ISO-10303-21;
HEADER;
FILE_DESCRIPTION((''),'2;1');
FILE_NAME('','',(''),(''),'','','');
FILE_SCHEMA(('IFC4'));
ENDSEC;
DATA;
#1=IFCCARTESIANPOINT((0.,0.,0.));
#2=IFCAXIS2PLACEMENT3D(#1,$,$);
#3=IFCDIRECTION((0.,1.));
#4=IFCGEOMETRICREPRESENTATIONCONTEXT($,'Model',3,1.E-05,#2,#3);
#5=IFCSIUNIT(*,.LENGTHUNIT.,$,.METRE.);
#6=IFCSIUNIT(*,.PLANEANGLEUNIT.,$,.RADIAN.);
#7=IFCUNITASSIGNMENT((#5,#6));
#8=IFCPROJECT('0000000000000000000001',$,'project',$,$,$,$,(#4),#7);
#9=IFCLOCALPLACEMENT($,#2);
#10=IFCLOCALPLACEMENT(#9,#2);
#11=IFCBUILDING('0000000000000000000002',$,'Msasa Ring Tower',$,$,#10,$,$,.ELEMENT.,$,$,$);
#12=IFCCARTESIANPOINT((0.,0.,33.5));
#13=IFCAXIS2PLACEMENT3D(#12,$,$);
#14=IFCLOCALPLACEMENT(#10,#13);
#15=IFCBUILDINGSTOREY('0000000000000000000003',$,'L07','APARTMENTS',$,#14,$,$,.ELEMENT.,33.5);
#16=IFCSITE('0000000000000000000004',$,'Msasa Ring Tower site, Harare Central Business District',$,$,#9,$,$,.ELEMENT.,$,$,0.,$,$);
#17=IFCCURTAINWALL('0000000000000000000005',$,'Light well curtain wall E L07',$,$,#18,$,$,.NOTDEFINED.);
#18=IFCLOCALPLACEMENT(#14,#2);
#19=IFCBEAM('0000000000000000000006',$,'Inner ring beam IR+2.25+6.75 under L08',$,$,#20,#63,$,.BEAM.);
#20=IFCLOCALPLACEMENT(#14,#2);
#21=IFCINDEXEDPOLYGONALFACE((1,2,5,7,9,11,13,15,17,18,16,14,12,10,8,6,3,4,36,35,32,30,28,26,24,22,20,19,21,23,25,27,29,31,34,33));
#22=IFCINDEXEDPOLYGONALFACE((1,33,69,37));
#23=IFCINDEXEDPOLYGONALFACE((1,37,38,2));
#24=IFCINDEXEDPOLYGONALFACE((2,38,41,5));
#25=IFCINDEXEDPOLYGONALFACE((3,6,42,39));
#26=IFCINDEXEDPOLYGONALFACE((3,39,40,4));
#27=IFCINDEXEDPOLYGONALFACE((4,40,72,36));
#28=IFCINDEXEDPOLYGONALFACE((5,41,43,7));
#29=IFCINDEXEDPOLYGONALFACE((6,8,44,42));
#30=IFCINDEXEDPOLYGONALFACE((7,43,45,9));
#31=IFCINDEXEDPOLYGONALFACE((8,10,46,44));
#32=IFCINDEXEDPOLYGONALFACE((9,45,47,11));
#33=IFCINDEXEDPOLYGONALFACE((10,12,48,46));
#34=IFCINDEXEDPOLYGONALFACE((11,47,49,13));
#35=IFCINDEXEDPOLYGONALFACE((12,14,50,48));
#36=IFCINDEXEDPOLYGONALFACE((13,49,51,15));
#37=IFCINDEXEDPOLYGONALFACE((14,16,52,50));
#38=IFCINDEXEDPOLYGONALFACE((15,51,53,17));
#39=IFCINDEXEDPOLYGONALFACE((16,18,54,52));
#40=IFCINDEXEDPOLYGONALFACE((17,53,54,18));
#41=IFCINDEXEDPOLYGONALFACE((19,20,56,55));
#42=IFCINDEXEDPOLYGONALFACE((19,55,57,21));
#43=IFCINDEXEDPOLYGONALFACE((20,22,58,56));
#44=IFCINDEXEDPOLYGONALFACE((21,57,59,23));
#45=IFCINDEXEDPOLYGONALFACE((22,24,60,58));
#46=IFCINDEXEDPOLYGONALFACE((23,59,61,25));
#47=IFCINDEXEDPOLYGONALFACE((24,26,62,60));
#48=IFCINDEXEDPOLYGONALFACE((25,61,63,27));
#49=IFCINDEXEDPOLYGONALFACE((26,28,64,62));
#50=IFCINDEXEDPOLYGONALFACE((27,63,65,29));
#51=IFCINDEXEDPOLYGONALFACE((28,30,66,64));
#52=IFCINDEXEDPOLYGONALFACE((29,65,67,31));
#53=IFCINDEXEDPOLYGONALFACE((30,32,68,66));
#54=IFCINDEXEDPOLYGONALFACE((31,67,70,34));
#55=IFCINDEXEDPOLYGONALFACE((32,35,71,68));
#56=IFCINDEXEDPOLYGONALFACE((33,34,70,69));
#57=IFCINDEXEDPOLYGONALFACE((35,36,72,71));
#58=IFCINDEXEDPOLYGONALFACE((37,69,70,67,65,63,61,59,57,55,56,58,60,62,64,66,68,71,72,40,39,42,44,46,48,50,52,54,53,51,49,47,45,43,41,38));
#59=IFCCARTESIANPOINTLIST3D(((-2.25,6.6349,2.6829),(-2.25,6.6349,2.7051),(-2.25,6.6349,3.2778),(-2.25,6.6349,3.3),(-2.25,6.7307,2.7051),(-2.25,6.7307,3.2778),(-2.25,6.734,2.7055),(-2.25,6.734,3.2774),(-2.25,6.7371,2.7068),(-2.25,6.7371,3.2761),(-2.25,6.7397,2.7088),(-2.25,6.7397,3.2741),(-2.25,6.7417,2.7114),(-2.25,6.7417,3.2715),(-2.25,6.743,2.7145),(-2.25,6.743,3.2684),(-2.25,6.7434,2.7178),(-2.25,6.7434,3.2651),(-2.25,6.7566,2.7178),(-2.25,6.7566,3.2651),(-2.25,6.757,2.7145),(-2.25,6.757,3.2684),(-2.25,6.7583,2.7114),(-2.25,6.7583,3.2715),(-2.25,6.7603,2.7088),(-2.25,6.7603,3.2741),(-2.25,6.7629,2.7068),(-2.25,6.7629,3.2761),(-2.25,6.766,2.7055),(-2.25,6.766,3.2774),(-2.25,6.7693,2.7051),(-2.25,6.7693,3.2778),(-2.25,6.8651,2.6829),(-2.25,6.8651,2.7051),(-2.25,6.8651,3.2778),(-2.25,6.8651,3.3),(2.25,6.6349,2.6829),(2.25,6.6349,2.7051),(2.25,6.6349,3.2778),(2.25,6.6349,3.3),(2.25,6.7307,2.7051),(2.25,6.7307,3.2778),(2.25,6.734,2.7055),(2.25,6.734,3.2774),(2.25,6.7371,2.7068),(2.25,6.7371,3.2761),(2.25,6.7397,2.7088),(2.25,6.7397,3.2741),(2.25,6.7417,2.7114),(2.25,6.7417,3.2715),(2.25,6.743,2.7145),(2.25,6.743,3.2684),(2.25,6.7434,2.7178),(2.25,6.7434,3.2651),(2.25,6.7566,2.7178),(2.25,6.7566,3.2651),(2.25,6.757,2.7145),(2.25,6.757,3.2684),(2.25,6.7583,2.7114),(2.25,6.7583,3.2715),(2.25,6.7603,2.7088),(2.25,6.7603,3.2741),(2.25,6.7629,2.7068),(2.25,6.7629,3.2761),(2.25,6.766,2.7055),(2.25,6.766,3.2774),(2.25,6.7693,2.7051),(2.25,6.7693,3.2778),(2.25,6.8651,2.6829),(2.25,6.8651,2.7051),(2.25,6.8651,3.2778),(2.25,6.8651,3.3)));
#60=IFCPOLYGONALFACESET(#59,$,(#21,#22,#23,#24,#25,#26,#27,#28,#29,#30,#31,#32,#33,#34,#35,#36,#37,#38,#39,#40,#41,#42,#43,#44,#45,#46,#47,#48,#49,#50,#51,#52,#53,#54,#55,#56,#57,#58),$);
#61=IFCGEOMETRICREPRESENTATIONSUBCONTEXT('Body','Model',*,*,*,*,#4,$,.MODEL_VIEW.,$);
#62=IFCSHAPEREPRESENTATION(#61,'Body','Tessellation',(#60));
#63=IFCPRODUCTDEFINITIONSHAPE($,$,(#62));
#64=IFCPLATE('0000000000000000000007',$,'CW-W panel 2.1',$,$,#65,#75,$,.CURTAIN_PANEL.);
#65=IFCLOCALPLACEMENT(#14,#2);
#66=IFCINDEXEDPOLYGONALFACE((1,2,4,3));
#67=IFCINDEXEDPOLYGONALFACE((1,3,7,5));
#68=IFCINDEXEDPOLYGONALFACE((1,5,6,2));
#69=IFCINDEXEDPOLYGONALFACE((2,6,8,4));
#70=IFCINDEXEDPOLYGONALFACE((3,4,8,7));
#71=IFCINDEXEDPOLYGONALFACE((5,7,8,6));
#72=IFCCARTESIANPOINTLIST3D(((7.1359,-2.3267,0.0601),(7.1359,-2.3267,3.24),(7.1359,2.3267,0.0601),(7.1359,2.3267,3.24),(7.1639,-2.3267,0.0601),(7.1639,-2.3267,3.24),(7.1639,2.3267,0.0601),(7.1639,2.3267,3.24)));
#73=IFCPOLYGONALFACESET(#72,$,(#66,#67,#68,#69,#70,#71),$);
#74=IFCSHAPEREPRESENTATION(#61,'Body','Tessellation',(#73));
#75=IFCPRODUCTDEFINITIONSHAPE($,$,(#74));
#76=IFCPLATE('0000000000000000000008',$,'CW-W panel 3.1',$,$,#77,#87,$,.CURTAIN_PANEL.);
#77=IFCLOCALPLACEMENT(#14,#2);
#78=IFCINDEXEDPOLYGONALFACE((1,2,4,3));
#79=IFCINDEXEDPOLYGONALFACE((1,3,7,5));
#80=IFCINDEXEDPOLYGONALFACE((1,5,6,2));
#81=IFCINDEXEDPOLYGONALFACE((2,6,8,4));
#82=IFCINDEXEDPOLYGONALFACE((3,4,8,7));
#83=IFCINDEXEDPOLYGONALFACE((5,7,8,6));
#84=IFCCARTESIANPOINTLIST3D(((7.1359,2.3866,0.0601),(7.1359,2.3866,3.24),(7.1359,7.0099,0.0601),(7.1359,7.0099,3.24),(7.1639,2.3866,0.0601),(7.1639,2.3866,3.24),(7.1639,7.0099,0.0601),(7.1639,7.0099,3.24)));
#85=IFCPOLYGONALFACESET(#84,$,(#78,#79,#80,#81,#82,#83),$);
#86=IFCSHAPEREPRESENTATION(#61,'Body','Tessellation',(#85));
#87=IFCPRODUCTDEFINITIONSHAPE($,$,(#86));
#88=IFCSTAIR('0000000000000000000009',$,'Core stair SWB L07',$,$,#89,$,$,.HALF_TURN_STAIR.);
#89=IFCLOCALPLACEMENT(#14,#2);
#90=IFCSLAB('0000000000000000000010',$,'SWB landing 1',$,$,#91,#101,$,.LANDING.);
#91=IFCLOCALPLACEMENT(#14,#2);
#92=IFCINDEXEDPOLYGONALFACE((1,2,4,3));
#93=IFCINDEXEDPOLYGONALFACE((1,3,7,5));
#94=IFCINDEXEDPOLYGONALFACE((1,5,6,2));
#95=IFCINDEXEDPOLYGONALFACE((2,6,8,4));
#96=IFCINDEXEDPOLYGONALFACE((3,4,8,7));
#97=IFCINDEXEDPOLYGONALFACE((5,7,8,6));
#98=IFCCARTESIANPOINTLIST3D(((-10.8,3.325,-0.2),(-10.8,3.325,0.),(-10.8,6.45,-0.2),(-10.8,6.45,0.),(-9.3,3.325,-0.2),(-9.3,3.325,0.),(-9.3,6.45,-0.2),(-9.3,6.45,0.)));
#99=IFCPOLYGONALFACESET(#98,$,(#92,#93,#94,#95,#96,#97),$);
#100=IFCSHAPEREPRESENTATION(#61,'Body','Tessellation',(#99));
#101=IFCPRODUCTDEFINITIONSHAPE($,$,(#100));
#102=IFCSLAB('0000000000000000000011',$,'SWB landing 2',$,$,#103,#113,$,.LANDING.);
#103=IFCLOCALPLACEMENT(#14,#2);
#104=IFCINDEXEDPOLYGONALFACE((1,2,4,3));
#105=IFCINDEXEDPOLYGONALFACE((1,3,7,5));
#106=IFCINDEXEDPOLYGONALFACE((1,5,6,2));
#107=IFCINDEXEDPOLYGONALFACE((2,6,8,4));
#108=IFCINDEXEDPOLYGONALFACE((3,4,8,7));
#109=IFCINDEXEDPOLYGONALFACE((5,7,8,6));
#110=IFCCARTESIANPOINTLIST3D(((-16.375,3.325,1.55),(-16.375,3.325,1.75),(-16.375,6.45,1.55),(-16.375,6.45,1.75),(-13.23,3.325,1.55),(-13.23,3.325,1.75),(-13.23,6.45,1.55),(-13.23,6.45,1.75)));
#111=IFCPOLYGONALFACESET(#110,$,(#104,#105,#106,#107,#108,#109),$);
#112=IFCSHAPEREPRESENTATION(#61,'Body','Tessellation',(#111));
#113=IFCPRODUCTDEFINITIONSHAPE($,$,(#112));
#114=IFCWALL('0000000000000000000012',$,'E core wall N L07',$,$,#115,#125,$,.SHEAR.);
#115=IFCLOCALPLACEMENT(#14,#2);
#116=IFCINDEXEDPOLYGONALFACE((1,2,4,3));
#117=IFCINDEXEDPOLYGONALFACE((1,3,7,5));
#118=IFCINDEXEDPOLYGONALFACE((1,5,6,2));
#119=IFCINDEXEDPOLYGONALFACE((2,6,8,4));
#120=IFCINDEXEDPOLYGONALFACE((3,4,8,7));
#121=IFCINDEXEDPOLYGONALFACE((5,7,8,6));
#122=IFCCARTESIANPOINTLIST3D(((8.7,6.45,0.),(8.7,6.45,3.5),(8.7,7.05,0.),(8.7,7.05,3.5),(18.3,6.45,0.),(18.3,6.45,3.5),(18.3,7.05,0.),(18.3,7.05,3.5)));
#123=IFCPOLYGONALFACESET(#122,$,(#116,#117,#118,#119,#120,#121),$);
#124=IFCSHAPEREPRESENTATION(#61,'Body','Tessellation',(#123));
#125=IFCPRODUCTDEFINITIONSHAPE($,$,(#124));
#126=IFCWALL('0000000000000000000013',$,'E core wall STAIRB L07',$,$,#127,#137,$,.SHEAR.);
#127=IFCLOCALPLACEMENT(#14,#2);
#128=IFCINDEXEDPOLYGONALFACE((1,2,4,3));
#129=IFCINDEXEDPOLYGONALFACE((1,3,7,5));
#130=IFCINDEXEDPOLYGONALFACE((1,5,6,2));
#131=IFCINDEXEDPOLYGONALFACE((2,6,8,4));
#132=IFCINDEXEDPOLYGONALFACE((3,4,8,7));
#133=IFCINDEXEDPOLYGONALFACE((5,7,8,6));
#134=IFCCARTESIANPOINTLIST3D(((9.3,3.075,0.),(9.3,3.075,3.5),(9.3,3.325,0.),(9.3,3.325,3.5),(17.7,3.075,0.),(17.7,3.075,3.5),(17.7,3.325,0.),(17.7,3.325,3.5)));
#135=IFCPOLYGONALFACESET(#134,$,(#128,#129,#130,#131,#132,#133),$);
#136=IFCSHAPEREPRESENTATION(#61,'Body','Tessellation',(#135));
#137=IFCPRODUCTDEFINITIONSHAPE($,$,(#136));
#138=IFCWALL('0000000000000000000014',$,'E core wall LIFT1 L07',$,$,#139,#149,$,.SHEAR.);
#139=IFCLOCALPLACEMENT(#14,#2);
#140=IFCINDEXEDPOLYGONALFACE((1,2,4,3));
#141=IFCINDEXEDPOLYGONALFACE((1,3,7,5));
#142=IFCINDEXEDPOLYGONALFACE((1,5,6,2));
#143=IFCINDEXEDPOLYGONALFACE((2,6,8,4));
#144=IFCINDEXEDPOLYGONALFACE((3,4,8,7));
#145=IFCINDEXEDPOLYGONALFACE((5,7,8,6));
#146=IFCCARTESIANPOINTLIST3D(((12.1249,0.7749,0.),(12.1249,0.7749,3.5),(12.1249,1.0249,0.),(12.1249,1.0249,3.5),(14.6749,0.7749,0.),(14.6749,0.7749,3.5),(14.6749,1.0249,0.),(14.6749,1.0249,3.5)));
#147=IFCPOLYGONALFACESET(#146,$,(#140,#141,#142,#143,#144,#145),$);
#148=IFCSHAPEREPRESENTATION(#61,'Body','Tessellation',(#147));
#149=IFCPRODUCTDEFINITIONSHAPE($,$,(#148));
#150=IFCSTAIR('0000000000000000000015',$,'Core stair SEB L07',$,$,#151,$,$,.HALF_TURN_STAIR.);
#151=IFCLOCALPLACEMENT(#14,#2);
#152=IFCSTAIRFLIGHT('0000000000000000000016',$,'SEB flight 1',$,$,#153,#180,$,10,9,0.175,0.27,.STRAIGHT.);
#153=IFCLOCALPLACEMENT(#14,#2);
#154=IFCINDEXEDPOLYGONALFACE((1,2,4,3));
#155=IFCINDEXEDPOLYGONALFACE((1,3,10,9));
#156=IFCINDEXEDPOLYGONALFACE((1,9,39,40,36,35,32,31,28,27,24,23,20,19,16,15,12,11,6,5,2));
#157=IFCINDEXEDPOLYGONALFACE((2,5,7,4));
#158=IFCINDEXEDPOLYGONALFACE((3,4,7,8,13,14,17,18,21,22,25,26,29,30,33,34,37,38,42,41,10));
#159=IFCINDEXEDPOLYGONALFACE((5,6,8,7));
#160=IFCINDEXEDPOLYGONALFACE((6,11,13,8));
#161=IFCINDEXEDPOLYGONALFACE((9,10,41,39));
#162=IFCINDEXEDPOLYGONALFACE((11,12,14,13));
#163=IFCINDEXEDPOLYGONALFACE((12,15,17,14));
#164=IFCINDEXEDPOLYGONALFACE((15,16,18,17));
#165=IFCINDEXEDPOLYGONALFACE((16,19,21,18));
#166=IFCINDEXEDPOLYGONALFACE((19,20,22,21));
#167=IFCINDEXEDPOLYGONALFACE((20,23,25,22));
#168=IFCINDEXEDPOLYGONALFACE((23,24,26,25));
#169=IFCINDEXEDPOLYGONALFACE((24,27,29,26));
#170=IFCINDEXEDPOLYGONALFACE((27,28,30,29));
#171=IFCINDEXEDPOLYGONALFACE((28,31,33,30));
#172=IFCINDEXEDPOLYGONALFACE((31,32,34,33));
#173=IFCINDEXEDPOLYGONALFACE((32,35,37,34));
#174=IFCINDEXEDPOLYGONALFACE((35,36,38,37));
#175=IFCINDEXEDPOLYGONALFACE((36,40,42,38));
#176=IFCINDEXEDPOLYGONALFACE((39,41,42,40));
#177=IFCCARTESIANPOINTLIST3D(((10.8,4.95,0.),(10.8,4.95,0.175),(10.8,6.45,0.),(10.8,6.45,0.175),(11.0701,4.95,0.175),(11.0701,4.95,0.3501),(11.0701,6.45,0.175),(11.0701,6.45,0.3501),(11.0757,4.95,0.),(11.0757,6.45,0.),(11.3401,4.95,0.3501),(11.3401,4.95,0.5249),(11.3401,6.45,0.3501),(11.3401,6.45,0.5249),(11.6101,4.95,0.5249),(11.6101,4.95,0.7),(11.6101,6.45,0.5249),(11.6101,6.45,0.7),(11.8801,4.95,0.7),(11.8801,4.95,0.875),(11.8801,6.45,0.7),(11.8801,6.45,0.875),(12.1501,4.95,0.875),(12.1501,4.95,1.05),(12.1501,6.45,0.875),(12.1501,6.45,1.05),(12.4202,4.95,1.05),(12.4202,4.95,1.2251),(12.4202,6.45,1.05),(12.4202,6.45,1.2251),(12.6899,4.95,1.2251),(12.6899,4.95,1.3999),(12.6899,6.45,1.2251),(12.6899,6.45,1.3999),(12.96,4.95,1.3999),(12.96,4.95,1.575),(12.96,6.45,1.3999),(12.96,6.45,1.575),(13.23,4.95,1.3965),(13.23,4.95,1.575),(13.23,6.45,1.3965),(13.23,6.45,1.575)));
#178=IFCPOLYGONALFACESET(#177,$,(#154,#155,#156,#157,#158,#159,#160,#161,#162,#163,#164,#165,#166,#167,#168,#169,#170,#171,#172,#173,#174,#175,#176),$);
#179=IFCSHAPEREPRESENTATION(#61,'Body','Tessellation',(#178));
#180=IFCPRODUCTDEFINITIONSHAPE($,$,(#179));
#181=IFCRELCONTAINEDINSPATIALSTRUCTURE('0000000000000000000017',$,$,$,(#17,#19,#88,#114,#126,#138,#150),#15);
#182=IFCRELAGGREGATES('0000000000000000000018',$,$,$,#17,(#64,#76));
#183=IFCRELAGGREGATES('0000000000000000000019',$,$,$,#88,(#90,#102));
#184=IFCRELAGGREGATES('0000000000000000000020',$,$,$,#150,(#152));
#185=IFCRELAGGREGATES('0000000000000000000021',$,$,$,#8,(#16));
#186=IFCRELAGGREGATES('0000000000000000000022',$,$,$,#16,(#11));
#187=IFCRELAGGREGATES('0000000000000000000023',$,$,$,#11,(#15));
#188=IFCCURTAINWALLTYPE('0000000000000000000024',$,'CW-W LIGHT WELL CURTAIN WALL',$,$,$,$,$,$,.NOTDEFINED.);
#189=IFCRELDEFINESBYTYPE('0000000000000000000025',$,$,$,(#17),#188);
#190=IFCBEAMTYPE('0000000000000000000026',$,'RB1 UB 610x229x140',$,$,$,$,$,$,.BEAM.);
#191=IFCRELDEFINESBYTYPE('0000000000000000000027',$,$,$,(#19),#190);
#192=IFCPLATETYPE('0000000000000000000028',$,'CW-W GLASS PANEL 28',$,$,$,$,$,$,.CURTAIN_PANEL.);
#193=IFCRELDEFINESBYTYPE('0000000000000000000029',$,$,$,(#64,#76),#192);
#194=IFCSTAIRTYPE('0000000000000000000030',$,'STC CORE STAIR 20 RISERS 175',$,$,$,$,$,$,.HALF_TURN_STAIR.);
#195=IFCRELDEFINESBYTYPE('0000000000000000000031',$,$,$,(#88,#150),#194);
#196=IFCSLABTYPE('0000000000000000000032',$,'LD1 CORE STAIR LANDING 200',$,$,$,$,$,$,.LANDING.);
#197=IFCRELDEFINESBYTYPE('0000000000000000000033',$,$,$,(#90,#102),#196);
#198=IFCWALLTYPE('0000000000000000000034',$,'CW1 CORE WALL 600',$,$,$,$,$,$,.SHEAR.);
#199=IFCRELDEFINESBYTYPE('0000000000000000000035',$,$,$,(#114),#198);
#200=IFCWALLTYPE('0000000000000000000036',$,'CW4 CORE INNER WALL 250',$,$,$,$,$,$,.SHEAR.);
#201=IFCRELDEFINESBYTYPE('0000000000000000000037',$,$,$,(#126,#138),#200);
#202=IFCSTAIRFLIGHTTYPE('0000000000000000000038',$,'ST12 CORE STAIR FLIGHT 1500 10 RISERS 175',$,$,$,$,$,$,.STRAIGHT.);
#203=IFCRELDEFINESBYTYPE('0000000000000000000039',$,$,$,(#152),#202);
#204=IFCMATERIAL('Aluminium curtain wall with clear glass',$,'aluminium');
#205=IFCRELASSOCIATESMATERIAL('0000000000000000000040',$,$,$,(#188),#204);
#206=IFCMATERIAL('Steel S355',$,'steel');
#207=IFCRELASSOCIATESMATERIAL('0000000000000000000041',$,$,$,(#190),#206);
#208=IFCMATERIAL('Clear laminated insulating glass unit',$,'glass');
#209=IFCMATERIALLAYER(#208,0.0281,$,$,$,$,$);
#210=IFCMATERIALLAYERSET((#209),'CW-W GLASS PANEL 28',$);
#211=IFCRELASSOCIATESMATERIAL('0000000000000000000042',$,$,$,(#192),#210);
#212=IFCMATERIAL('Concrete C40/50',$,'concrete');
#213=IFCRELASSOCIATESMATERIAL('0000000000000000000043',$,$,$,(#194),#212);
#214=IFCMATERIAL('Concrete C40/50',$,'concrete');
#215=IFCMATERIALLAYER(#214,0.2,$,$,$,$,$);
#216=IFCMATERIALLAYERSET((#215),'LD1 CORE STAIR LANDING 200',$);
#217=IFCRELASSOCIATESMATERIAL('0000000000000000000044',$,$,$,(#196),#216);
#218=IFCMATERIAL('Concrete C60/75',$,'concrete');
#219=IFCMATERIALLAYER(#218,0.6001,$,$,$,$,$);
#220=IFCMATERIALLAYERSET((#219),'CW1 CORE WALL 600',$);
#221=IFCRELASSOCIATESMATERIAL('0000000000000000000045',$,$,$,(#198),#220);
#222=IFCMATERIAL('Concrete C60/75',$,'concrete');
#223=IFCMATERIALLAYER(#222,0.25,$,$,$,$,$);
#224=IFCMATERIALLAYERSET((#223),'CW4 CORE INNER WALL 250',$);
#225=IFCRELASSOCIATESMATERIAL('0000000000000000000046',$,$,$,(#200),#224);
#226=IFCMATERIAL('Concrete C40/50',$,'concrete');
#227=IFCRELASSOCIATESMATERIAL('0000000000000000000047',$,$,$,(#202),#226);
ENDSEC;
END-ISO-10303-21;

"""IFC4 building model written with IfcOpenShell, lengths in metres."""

from ifc_helpers import new_model, si_unit, direction, frame, frame_2d, origin, origin_2d, place, context, subcontext, project, spatial, polyline, rectangle, i_section, outline, extrude, material, layer, layer_set, material_profile, profile_set, type_object, element, aggregate, save


model = new_model("IFC4")

# Units and contexts
model_context = context("Model", 3, precision=1e-05, world=origin(), true_north=direction((0.0, 1.0)))
body_context = subcontext(model_context, "Body", "Model", "MODEL_VIEW")
ifc_project = project(units=[si_unit("LENGTHUNIT", "METRE"), si_unit("PLANEANGLEUNIT", "RADIAN")], contexts=[model_context])

# Site, building, storey
site_placement = place(None, origin())
site = spatial("IfcSite", under=ifc_project, at=site_placement, Name="Msasa Ring Tower site, Harare Central Business District", CompositionType="ELEMENT", RefElevation=0.0)
building_placement = place(site_placement, origin())
building = spatial("IfcBuilding", under=site, at=building_placement, Name="Msasa Ring Tower", CompositionType="ELEMENT")
storey_placement = place(building_placement, frame((0.0, 0.0, 33.5)))
storey = spatial("IfcBuildingStorey", under=building, at=storey_placement, Name="L07", Description="APARTMENTS", CompositionType="ELEMENT", Elevation=33.5)

# Curtain wall
ifc_material_1 = material(Name="Aluminium curtain wall with clear glass", Category="aluminium")
curtain_wall_type = type_object("IfcCurtainWallType", Name="CW-W LIGHT WELL CURTAIN WALL", PredefinedType="NOTDEFINED", material=ifc_material_1)
curtain_wall_placement = place(storey_placement, origin())
curtain_wall = element("IfcCurtainWall", 1, at=curtain_wall_placement, inside=storey, type_object=curtain_wall_type, Name="Light well curtain wall E L07", PredefinedType="NOTDEFINED")

# Beam
ifc_material_2 = material(Name="Steel S355", Category="steel")
ifc_material_profile_1 = material_profile(ifc_material_2, i_section(OverallWidth=0.2302, OverallDepth=0.6172, WebThickness=0.0132, FlangeThickness=0.0222, FilletRadius=0.0127, at=origin_2d()), Name="UB 610x229x140")
ifc_profile_set_1 = profile_set([ifc_material_profile_1], Name="Steel S355")
beam_type = type_object("IfcBeamType", Name="RB1 UB 610x229x140", PredefinedType="BEAM", material=ifc_profile_set_1)
for number, where, z_axis, x_axis, name in (
    (2, (2.25, 6.75, 2.9915), (-1.0, 0.0, 0.0), (0.0, -1.0, 0.0), "Inner ring beam IR+2.25+6.75 under L08"),
):
    element("IfcBeam", number, at=place(storey_placement, frame(where, z_axis=z_axis, x_axis=x_axis)), inside=storey, type_object=beam_type, Name=name, PredefinedType="BEAM", context=body_context, shape_type="SweptSolid", body=[
        extrude(i_section(OverallWidth=0.2302, OverallDepth=0.6172, WebThickness=0.0132, FlangeThickness=0.0222, FilletRadius=0.0127, at=origin_2d()), origin(), (0.0, 0.0, 1.0), 4.5),
    ])

# Plates
ifc_material_3 = material(Name="Clear laminated insulating glass unit", Category="glass")
ifc_layer_1 = layer(ifc_material_3, 0.0281)
ifc_layer_set_1 = layer_set([ifc_layer_1], Name="CW-W GLASS PANEL 28")
plate_type = type_object("IfcPlateType", Name="CW-W GLASS PANEL 28", PredefinedType="CURTAIN_PANEL", material=ifc_layer_set_1)
plate_1_placement = place(storey_placement, frame((7.1499, 0.0, 0.0601), z_axis=(0.0, 0.0, 1.0), x_axis=(0.0, 1.0, 0.0)))
plate_1 = element("IfcPlate", 3, at=plate_1_placement, type_object=plate_type, Name="CW-W panel 2.1", PredefinedType="CURTAIN_PANEL", context=body_context, shape_type="SweptSolid", body=[
    extrude(rectangle(XDim=4.6533, YDim=0.0281, at=origin_2d()), origin(), (0.0, 0.0, 1.0), 3.1799),
])
plate_2_placement = place(storey_placement, frame((7.1499, 4.6982, 0.0601), z_axis=(0.0, 0.0, 1.0), x_axis=(0.0, 1.0, 0.0)))
plate_2 = element("IfcPlate", 4, at=plate_2_placement, type_object=plate_type, Name="CW-W panel 3.1", PredefinedType="CURTAIN_PANEL", context=body_context, shape_type="SweptSolid", body=[
    extrude(rectangle(XDim=4.6233, YDim=0.0281, at=origin_2d()), origin(), (0.0, 0.0, 1.0), 3.1799),
])
aggregate(curtain_wall, [plate_1, plate_2])

# Stair, slabs
ifc_material_4 = material(Name="Concrete C40/50", Category="concrete")
stair_type = type_object("IfcStairType", Name="STC CORE STAIR 20 RISERS 175", PredefinedType="HALF_TURN_STAIR", material=ifc_material_4)
stair_1_placement = place(storey_placement, origin())
stair_1 = element("IfcStair", 5, at=stair_1_placement, inside=storey, type_object=stair_type, Name="Core stair SWB L07", PredefinedType="HALF_TURN_STAIR")
ifc_material_5 = material(Name="Concrete C40/50", Category="concrete")
ifc_layer_2 = layer(ifc_material_5, 0.2)
ifc_layer_set_2 = layer_set([ifc_layer_2], Name="LD1 CORE STAIR LANDING 200")
slab_type = type_object("IfcSlabType", Name="LD1 CORE STAIR LANDING 200", PredefinedType="LANDING", material=ifc_layer_set_2)
slab_1_placement = place(storey_placement, frame((0.0, 0.0, -0.2)))
slab_1 = element("IfcSlab", 6, at=slab_1_placement, type_object=slab_type, Name="SWB landing 1", PredefinedType="LANDING", context=body_context, shape_type="SweptSolid", body=[
    extrude(outline(polyline([(-10.8, 3.325), (-9.3, 3.325), (-9.3, 6.45), (-10.8, 6.45), (-10.8, 3.325)])), origin(), (0.0, 0.0, 1.0), 0.2),
])
slab_2_placement = place(storey_placement, frame((0.0, 0.0, 1.55)))
slab_2 = element("IfcSlab", 7, at=slab_2_placement, type_object=slab_type, Name="SWB landing 2", PredefinedType="LANDING", context=body_context, shape_type="SweptSolid", body=[
    extrude(outline(polyline([(-16.375, 3.325), (-13.23, 3.325), (-13.23, 6.45), (-16.375, 6.45), (-16.375, 3.325)])), origin(), (0.0, 0.0, 1.0), 0.2),
])
aggregate(stair_1, [slab_1, slab_2])

# Walls
ifc_material_6 = material(Name="Concrete C60/75", Category="concrete")
ifc_layer_3 = layer(ifc_material_6, 0.6001)
ifc_layer_set_3 = layer_set([ifc_layer_3], Name="CW1 CORE WALL 600")
wall_type_1 = type_object("IfcWallType", Name="CW1 CORE WALL 600", PredefinedType="SHEAR", material=ifc_layer_set_3)
wall_1_placement = place(storey_placement, frame((8.7, 6.75, 0.0), z_axis=(0.0, 0.0, 1.0), x_axis=(1.0, 0.0, 0.0)))
element("IfcWall", 8, at=wall_1_placement, inside=storey, type_object=wall_type_1, Name="E core wall N L07", PredefinedType="SHEAR", context=body_context, shape_type="SweptSolid", body=[
    extrude(rectangle(XDim=9.6001, YDim=0.6001, at=frame_2d((4.8, 0.0))), origin(), (0.0, 0.0, 1.0), 3.5),
])
ifc_material_7 = material(Name="Concrete C60/75", Category="concrete")
ifc_layer_4 = layer(ifc_material_7, 0.25)
ifc_layer_set_4 = layer_set([ifc_layer_4], Name="CW4 CORE INNER WALL 250")
wall_type_2 = type_object("IfcWallType", Name="CW4 CORE INNER WALL 250", PredefinedType="SHEAR", material=ifc_layer_set_4)
wall_2_placement = place(storey_placement, frame((9.3, 3.2, 0.0), z_axis=(0.0, 0.0, 1.0), x_axis=(1.0, 0.0, 0.0)))
element("IfcWall", 9, at=wall_2_placement, inside=storey, type_object=wall_type_2, Name="E core wall STAIRB L07", PredefinedType="SHEAR", context=body_context, shape_type="SweptSolid", body=[
    extrude(rectangle(XDim=8.3999, YDim=0.25, at=frame_2d((4.2, 0.0))), origin(), (0.0, 0.0, 1.0), 3.5),
])
wall_3_placement = place(storey_placement, frame((12.125, 0.8999, 0.0), z_axis=(0.0, 0.0, 1.0), x_axis=(1.0, 0.0, 0.0)))
element("IfcWall", 10, at=wall_3_placement, inside=storey, type_object=wall_type_2, Name="E core wall LIFT1 L07", PredefinedType="SHEAR", context=body_context, shape_type="SweptSolid", body=[
    extrude(rectangle(XDim=2.55, YDim=0.25, at=frame_2d((1.2749, 0.0))), origin(), (0.0, 0.0, 1.0), 3.5),
])

# Stair, stair flight
stair_2_placement = place(storey_placement, origin())
stair_2 = element("IfcStair", 11, at=stair_2_placement, inside=storey, type_object=stair_type, Name="Core stair SEB L07", PredefinedType="HALF_TURN_STAIR")
ifc_material_8 = material(Name="Concrete C40/50", Category="concrete")
stair_flight_type = type_object("IfcStairFlightType", Name="ST12 CORE STAIR FLIGHT 1500 10 RISERS 175", PredefinedType="STRAIGHT", material=ifc_material_8)
stair_flight_placement = place(storey_placement, frame((10.8, 5.7, 0.0), z_axis=(0.0, 0.0, 1.0), x_axis=(1.0, 0.0, 0.0)))
stair_flight = element("IfcStairFlight", 12, at=stair_flight_placement, type_object=stair_flight_type, Name="SEB flight 1", NumberOfRisers=10, NumberOfTreads=9, PredefinedType="STRAIGHT", RiserHeight=0.175, TreadLength=0.27, context=body_context, shape_type="SweptSolid", body=[
    extrude(outline(polyline([(0.0, 0.0), (0.0, 0.175), (0.27, 0.175), (0.27, 0.3501), (0.54, 0.3501), (0.54, 0.5249), (0.8101, 0.5249), (0.8101, 0.7), (1.0801, 0.7), (1.0801, 0.875), (1.3501, 0.875), (1.3501, 1.05), (1.6201, 1.05), (1.6201, 1.2251), (1.8899, 1.2251), (1.8899, 1.3999), (2.1599, 1.3999), (2.1599, 1.575), (2.4299, 1.575), (2.4299, 1.75), (2.4299, 1.3965), (0.2756, 0.0), (0.0, 0.0)])), frame((0.0, 0.75, 0.0), z_axis=(0.0, -1.0, 0.0), x_axis=(1.0, 0.0, 0.0)), (0.0, 0.0, 1.0), 1.5),
])
aggregate(stair_2, [stair_flight])

save(model, "model.ifc")
